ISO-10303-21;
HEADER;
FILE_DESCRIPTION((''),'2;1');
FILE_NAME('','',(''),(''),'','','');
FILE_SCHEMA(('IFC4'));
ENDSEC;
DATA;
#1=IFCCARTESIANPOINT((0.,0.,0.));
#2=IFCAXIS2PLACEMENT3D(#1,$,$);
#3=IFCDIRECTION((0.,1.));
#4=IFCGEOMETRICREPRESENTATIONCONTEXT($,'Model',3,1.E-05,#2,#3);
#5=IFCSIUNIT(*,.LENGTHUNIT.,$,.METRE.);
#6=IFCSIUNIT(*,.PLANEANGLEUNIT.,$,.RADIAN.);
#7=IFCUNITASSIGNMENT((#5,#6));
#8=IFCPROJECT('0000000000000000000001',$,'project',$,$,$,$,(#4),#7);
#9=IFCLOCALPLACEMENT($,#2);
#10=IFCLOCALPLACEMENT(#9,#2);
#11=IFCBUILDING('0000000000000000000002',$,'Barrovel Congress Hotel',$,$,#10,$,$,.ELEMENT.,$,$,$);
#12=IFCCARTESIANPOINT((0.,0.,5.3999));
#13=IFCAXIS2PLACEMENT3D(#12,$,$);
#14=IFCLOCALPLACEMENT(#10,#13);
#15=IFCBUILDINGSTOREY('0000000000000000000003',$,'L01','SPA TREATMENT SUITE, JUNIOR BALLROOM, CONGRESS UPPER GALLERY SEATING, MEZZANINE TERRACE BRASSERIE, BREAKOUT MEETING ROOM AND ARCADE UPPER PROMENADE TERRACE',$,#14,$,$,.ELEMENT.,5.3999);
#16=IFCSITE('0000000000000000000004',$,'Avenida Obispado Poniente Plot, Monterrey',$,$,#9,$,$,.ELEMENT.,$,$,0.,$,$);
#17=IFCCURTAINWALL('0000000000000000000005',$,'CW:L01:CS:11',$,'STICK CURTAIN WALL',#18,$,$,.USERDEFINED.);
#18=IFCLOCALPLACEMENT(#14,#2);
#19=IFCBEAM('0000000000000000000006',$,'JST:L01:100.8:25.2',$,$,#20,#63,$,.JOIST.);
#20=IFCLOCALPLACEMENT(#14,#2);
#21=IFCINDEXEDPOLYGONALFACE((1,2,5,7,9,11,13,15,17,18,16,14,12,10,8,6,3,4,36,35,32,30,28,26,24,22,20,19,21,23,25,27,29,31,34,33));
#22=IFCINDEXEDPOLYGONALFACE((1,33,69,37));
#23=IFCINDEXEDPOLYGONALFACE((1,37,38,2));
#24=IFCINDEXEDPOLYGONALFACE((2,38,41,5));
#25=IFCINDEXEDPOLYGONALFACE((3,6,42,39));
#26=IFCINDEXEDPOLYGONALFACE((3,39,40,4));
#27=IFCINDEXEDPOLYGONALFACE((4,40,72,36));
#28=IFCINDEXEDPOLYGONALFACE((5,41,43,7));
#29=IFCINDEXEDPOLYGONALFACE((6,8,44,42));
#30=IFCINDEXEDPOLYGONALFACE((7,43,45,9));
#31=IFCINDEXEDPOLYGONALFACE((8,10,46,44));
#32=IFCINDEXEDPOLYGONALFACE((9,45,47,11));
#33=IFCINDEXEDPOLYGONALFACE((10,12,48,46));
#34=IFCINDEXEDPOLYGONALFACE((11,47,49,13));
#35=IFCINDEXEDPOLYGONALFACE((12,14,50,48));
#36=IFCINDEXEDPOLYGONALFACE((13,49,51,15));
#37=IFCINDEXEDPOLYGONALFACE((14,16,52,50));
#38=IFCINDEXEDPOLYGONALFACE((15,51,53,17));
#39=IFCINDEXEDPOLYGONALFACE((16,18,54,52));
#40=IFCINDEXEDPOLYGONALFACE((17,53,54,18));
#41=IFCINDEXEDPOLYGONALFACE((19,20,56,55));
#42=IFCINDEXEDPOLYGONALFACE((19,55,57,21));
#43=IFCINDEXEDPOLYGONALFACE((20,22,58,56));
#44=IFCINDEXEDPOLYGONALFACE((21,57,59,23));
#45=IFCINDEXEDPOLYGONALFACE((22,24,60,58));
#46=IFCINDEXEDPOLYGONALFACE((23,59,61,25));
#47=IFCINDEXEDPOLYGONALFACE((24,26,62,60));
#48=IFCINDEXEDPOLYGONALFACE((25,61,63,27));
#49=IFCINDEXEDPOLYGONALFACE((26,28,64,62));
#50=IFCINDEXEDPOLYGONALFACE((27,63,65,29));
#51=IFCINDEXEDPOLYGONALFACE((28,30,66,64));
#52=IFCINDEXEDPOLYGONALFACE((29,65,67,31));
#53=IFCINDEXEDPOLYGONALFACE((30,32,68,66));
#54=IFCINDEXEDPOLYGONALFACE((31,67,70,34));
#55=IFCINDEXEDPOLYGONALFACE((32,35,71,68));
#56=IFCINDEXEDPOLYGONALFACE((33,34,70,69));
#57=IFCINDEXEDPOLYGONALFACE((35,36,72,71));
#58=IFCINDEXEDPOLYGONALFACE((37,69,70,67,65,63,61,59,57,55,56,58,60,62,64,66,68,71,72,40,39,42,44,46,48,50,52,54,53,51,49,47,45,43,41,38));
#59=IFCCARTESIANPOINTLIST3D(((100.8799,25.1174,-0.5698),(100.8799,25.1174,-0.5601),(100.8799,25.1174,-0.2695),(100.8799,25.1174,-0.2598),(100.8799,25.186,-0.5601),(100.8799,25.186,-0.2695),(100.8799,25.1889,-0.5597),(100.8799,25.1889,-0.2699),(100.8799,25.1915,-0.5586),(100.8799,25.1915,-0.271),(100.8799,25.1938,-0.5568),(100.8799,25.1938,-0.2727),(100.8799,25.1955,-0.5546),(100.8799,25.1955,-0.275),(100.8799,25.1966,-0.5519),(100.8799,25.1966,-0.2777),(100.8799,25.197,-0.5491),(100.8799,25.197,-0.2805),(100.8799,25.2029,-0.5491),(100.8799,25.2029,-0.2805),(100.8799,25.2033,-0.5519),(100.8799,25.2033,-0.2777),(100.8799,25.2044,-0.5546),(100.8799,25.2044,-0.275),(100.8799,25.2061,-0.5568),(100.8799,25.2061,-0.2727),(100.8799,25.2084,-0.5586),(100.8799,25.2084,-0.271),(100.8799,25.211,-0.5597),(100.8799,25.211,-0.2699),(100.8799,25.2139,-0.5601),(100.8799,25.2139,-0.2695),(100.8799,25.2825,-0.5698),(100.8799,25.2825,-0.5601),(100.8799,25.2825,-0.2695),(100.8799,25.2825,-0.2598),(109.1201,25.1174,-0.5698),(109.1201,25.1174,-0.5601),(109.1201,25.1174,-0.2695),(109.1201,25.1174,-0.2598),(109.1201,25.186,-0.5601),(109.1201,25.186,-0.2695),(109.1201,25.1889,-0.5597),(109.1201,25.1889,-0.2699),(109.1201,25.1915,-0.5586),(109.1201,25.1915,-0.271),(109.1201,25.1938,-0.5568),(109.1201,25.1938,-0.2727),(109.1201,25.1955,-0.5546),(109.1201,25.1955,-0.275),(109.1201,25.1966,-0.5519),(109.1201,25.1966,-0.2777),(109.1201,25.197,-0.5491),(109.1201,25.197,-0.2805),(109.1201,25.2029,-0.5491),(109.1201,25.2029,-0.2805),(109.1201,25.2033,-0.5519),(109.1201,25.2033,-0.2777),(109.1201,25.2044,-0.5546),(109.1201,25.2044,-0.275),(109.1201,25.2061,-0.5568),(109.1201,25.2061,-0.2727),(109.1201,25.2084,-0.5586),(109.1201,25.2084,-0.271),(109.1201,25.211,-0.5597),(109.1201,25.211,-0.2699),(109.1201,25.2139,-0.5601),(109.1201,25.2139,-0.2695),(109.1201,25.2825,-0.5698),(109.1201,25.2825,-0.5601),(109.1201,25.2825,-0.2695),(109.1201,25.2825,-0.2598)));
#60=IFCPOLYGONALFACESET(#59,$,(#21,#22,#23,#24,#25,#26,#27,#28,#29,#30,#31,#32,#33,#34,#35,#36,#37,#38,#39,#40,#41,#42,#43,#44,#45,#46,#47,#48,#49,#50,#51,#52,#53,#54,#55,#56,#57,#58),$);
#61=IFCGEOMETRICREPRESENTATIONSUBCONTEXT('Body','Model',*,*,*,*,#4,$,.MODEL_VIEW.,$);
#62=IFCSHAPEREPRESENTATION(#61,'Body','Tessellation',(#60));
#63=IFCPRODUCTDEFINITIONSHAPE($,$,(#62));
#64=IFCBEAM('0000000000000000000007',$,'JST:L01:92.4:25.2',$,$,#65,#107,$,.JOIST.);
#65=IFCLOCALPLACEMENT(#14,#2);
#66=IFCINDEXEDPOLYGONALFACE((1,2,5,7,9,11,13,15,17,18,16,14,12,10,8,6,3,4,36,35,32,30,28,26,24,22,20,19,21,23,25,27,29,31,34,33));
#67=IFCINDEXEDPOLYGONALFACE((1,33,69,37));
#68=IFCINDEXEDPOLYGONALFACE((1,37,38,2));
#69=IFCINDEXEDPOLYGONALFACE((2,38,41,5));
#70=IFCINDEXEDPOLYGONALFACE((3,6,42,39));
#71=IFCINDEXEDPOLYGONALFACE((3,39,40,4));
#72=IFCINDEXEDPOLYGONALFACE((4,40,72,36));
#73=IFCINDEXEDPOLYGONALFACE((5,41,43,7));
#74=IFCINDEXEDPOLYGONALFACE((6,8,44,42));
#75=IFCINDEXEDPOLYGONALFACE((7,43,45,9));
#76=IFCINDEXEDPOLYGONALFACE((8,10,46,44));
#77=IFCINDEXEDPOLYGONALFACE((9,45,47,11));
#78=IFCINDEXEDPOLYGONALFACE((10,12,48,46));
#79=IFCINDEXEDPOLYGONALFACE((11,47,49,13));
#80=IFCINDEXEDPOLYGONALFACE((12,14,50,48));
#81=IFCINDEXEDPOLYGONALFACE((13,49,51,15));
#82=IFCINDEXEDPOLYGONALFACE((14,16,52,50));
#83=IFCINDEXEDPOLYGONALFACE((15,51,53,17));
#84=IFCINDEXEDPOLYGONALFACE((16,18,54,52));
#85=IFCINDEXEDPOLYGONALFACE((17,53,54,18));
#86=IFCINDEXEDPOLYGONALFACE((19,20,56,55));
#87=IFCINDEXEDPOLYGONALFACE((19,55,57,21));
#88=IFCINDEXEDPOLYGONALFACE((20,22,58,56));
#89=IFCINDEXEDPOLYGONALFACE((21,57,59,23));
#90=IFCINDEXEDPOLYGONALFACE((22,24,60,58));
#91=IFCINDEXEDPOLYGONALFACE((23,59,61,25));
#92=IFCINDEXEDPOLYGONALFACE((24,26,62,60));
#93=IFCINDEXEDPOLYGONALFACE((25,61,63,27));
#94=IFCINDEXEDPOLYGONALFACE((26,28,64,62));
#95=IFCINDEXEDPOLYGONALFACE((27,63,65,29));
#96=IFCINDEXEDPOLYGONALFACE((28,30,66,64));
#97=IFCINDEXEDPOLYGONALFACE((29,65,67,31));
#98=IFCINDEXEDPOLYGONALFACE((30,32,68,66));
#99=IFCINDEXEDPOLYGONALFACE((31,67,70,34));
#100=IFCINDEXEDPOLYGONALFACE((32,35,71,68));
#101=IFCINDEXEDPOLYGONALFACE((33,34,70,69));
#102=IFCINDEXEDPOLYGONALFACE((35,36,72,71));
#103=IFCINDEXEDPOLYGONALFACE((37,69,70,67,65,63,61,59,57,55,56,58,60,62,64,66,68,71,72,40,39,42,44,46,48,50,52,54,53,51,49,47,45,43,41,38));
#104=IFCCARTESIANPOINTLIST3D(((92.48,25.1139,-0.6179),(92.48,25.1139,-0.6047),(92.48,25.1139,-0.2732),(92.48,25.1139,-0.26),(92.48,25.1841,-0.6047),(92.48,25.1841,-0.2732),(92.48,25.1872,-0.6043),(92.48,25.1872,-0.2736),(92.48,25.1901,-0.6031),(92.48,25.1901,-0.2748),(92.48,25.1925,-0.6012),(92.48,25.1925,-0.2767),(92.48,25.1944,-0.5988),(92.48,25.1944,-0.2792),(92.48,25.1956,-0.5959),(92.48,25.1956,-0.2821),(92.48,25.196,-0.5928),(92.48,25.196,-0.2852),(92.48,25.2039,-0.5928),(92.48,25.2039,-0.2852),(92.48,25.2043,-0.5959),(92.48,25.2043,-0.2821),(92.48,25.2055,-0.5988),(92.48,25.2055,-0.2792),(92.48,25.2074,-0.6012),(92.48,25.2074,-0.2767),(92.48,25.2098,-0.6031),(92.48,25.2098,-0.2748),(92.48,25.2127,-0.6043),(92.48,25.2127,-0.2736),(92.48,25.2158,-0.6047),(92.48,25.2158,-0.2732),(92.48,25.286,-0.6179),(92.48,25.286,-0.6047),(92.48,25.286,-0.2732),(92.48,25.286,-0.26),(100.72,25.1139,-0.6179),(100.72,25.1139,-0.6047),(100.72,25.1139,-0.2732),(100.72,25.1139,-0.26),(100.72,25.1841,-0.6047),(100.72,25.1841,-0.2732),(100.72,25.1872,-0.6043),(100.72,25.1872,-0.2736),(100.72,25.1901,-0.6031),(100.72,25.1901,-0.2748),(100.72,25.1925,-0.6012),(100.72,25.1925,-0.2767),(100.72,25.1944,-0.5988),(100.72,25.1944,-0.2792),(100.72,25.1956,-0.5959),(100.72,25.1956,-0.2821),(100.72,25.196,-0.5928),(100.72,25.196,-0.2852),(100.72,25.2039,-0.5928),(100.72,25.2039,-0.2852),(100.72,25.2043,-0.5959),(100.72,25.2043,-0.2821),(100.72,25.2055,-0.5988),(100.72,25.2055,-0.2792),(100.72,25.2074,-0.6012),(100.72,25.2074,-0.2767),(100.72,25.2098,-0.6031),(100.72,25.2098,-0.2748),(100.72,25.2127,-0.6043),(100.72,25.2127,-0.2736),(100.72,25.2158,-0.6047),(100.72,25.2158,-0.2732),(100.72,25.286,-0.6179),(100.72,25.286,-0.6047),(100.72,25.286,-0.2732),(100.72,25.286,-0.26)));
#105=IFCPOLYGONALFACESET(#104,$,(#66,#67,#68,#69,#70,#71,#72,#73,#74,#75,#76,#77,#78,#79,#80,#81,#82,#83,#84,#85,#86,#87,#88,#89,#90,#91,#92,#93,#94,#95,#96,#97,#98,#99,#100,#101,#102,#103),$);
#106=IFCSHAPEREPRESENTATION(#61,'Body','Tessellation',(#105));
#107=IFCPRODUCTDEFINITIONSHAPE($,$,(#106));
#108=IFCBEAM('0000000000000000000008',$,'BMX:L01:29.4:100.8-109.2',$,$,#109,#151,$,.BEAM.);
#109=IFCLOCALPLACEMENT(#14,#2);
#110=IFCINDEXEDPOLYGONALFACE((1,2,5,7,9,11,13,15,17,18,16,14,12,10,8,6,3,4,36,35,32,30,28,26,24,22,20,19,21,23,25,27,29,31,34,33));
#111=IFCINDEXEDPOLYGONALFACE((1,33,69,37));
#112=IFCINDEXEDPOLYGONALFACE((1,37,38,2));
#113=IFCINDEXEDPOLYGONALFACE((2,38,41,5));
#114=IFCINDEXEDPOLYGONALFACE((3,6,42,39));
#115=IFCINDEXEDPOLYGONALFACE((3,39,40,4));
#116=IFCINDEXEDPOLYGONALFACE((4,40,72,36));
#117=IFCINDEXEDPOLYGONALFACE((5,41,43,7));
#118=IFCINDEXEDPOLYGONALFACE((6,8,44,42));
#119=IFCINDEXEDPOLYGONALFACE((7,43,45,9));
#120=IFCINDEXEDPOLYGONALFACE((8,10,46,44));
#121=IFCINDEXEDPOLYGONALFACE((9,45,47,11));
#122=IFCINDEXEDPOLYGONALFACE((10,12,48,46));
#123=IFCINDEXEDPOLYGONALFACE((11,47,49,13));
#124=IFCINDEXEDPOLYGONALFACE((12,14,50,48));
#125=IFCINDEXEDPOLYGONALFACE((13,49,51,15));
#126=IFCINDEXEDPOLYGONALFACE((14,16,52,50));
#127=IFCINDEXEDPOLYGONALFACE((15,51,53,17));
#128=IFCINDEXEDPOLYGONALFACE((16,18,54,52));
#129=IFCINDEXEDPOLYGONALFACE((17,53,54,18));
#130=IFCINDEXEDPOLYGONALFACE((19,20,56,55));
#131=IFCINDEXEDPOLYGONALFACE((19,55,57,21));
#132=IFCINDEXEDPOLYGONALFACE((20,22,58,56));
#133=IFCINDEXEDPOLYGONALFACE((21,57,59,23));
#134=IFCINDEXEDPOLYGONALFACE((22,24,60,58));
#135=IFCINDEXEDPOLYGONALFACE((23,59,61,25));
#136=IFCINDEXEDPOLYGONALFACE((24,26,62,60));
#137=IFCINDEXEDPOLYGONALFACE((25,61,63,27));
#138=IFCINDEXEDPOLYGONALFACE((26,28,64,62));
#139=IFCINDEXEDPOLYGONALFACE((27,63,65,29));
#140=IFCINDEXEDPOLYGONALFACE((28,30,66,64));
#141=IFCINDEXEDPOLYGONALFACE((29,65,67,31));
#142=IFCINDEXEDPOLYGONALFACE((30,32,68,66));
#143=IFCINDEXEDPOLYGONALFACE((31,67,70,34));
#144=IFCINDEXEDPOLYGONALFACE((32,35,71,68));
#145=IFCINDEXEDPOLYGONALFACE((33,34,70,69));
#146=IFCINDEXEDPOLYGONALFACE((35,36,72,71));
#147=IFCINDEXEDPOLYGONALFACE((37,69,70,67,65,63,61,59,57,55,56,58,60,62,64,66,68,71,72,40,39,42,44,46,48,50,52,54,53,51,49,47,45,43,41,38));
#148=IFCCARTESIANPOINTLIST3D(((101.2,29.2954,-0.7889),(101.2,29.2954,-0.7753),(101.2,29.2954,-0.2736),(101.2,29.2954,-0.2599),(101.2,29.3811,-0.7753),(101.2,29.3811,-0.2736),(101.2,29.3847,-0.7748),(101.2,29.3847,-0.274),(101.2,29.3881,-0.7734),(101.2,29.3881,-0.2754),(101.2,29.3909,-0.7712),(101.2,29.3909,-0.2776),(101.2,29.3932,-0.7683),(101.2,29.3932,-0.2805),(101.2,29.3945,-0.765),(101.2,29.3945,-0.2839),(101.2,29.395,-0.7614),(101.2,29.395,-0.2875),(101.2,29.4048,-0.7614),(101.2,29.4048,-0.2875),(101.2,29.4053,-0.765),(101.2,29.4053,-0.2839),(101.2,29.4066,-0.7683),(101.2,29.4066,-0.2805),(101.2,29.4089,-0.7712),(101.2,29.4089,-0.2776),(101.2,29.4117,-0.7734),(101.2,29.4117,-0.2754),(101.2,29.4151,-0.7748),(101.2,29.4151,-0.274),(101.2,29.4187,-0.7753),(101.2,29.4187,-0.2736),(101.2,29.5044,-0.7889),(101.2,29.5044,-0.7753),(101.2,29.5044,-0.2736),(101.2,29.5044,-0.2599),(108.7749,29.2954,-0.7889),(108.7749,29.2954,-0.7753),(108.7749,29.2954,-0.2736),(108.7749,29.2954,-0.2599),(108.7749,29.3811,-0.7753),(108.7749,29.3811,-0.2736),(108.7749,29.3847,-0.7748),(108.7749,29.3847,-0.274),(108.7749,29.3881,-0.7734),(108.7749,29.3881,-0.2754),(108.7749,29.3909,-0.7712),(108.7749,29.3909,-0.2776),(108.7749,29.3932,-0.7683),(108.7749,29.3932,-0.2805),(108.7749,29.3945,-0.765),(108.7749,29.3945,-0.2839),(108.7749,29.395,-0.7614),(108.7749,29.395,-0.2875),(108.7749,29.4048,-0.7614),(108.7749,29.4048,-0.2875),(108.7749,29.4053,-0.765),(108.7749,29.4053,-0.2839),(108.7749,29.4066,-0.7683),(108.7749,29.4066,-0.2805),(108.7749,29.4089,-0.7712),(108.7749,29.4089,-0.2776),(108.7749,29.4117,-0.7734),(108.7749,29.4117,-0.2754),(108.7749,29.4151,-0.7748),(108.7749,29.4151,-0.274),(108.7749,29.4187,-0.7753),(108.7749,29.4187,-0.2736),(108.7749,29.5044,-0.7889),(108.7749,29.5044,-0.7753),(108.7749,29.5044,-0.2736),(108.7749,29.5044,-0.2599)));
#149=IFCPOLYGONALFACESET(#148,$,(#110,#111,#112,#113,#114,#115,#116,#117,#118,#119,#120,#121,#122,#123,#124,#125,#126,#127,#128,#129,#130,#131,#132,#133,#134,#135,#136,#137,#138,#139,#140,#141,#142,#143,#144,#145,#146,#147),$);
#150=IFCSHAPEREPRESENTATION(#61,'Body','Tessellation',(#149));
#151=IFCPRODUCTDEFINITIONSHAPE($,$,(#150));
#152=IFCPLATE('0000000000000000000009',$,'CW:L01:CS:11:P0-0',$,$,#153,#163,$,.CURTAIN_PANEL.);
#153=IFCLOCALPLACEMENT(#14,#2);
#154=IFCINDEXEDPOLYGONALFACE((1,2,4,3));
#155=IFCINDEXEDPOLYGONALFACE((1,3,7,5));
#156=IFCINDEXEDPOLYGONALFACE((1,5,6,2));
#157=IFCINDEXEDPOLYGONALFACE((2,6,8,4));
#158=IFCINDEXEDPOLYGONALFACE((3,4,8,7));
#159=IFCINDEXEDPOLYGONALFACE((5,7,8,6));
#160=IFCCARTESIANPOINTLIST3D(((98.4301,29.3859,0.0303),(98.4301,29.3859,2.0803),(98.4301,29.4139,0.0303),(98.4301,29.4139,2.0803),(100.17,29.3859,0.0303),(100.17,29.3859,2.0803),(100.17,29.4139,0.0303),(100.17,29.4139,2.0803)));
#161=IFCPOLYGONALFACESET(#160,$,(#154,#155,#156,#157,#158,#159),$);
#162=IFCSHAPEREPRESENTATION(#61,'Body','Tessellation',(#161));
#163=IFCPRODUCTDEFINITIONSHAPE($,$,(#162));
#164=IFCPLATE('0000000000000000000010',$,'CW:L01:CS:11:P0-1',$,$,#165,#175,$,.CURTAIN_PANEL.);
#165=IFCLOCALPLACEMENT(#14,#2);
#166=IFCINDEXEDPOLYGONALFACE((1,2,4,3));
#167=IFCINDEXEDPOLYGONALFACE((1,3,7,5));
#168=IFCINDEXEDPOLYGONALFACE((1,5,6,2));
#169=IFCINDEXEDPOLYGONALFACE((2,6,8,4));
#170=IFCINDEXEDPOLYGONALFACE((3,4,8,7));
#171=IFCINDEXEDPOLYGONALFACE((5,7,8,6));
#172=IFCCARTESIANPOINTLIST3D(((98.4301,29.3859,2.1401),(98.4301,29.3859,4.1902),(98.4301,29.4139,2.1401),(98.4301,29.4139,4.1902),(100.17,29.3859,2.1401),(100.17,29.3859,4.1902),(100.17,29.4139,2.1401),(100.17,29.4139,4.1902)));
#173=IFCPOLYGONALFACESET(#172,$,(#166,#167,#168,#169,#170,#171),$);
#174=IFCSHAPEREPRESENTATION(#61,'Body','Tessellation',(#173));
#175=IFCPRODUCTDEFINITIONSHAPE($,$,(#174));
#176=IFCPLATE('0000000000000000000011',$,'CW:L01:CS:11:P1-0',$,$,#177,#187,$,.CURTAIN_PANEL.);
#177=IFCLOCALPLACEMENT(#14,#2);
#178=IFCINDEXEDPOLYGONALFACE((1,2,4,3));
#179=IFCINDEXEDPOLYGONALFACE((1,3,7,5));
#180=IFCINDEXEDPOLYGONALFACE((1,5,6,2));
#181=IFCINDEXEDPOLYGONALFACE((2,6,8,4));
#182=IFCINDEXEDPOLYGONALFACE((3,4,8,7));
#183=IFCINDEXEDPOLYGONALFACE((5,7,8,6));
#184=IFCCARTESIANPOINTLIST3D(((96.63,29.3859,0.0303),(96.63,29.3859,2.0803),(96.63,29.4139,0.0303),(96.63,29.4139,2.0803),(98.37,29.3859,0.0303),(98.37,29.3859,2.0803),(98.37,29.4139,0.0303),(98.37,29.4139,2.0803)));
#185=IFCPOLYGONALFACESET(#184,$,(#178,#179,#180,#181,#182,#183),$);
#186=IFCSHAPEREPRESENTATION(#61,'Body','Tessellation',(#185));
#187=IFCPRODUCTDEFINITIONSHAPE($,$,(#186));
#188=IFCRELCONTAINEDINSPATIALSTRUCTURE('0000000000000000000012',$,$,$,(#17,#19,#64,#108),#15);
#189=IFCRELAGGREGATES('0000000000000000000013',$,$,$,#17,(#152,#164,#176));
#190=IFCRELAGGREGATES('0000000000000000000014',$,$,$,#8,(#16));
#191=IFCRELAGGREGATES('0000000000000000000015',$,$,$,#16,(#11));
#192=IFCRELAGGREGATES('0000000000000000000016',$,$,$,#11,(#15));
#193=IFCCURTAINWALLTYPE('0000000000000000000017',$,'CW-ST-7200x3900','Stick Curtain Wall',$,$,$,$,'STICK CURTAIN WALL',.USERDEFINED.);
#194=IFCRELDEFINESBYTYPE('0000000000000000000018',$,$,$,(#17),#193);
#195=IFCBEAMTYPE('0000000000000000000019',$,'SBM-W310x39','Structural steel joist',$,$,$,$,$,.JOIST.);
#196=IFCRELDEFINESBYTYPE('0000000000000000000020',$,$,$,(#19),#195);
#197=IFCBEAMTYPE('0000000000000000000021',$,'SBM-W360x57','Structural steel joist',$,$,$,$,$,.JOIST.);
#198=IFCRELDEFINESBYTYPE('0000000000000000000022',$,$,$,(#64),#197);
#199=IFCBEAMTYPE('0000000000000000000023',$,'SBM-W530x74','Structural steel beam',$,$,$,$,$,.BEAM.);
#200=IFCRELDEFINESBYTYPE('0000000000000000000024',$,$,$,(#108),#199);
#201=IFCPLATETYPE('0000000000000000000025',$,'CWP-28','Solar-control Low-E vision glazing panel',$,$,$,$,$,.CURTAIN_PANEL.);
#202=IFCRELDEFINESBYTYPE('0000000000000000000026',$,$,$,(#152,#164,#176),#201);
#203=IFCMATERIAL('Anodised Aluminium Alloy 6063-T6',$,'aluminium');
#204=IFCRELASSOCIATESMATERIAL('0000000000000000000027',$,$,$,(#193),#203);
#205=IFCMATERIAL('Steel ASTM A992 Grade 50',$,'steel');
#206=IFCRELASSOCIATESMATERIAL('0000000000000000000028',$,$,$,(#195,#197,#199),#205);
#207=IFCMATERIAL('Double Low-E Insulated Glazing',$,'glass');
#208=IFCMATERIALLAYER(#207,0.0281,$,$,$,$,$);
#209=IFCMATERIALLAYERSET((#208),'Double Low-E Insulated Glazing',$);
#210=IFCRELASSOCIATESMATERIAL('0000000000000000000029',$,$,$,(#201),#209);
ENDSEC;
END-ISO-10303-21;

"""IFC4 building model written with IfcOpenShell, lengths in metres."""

from ifc_helpers import new_model, si_unit, direction, frame, origin, origin_2d, place, context, subcontext, project, spatial, rectangle, i_section, extrude, material, layer, layer_set, material_profile, profile_set, type_object, element, aggregate, save


model = new_model("IFC4")

# Units and contexts
model_context = context("Model", 3, precision=1e-05, world=origin(), true_north=direction((0.0, 1.0)))
body_context = subcontext(model_context, "Body", "Model", "MODEL_VIEW")
ifc_project = project(units=[si_unit("LENGTHUNIT", "METRE"), si_unit("PLANEANGLEUNIT", "RADIAN")], contexts=[model_context])

# Site, building, storey
site_placement = place(None, origin())
site = spatial("IfcSite", under=ifc_project, at=site_placement, Name="Avenida Obispado Poniente Plot, Monterrey", CompositionType="ELEMENT", RefElevation=0.0)
building_placement = place(site_placement, origin())
building = spatial("IfcBuilding", under=site, at=building_placement, Name="Barrovel Congress Hotel", CompositionType="ELEMENT")
storey_placement = place(building_placement, frame((0.0, 0.0, 5.3999)))
storey = spatial("IfcBuildingStorey", under=building, at=storey_placement, Name="L01", Description="SPA TREATMENT SUITE, JUNIOR BALLROOM, CONGRESS UPPER GALLERY SEATING, MEZZANINE TERRACE BRASSERIE, BREAKOUT MEETING ROOM AND ARCADE UPPER PROMENADE TERRACE", CompositionType="ELEMENT", Elevation=5.3999)

# Curtain wall
ifc_material_1 = material(Name="Anodised Aluminium Alloy 6063-T6", Category="aluminium")
curtain_wall_type = type_object("IfcCurtainWallType", Name="CW-ST-7200x3900", Description="Stick Curtain Wall", ElementType="STICK CURTAIN WALL", PredefinedType="USERDEFINED", material=ifc_material_1)
curtain_wall_placement = place(storey_placement, origin())
curtain_wall = element("IfcCurtainWall", 1, at=curtain_wall_placement, inside=storey, type_object=curtain_wall_type, Name="CW:L01:CS:11", ObjectType="STICK CURTAIN WALL", PredefinedType="USERDEFINED")

# Beams
ifc_material_2 = material(Name="Steel ASTM A992 Grade 50", Category="steel")
ifc_material_profile_1 = material_profile(ifc_material_2, i_section(OverallWidth=0.165, OverallDepth=0.3101, WebThickness=0.0059, FlangeThickness=0.0098, FilletRadius=0.011, at=origin_2d()), Name="W310x39")
ifc_profile_set_1 = profile_set([ifc_material_profile_1], Name="Steel ASTM A992 Grade 50")
beam_type_1 = type_object("IfcBeamType", Name="SBM-W310x39", Description="Structural steel joist", PredefinedType="JOIST", material=ifc_profile_set_1)
beam_1_placement = place(storey_placement, frame((100.8799, 25.2, -0.4148), z_axis=(1.0, 0.0, 0.0), x_axis=(0.0, 1.0, 0.0)))
element("IfcBeam", 2, at=beam_1_placement, inside=storey, type_object=beam_type_1, Name="JST:L01:100.8:25.2", PredefinedType="JOIST", context=body_context, shape_type="SweptSolid", body=[
    extrude(i_section(OverallWidth=0.165, OverallDepth=0.3101, WebThickness=0.0059, FlangeThickness=0.0098, FilletRadius=0.011, at=origin_2d()), origin(), (0.0, 0.0, 1.0), 8.2402),
])
ifc_material_profile_2 = material_profile(ifc_material_2, i_section(OverallWidth=0.1721, OverallDepth=0.3579, WebThickness=0.0078, FlangeThickness=0.0132, FilletRadius=0.012, at=origin_2d()), Name="W360x57")
ifc_profile_set_2 = profile_set([ifc_material_profile_2], Name="Steel ASTM A992 Grade 50")
beam_type_2 = type_object("IfcBeamType", Name="SBM-W360x57", Description="Structural steel joist", PredefinedType="JOIST", material=ifc_profile_set_2)
beam_2_placement = place(storey_placement, frame((92.48, 25.2, -0.439), z_axis=(1.0, 0.0, 0.0), x_axis=(0.0, 1.0, 0.0)))
element("IfcBeam", 3, at=beam_2_placement, inside=storey, type_object=beam_type_2, Name="JST:L01:92.4:25.2", PredefinedType="JOIST", context=body_context, shape_type="SweptSolid", body=[
    extrude(i_section(OverallWidth=0.1721, OverallDepth=0.3579, WebThickness=0.0078, FlangeThickness=0.0132, FilletRadius=0.012, at=origin_2d()), origin(), (0.0, 0.0, 1.0), 8.24),
])
ifc_material_profile_3 = material_profile(ifc_material_2, i_section(OverallWidth=0.209, OverallDepth=0.5291, WebThickness=0.0098, FlangeThickness=0.0137, FilletRadius=0.0139, at=origin_2d()), Name="W530x74")
ifc_profile_set_3 = profile_set([ifc_material_profile_3], Name="Steel ASTM A992 Grade 50")
beam_type_3 = type_object("IfcBeamType", Name="SBM-W530x74", Description="Structural steel beam", PredefinedType="BEAM", material=ifc_profile_set_3)
beam_3_placement = place(storey_placement, frame((101.2, 29.3999, -0.5244), z_axis=(1.0, 0.0, 0.0), x_axis=(0.0, 1.0, 0.0)))
element("IfcBeam", 4, at=beam_3_placement, inside=storey, type_object=beam_type_3, Name="BMX:L01:29.4:100.8-109.2", PredefinedType="BEAM", context=body_context, shape_type="SweptSolid", body=[
    extrude(i_section(OverallWidth=0.209, OverallDepth=0.5291, WebThickness=0.0098, FlangeThickness=0.0137, FilletRadius=0.0139, at=origin_2d()), origin(), (0.0, 0.0, 1.0), 7.575),
])

# Plates
ifc_material_3 = material(Name="Double Low-E Insulated Glazing", Category="glass")
ifc_layer_1 = layer(ifc_material_3, 0.0281)
ifc_layer_set_1 = layer_set([ifc_layer_1], Name="Double Low-E Insulated Glazing")
plate_type = type_object("IfcPlateType", Name="CWP-28", Description="Solar-control Low-E vision glazing panel", PredefinedType="CURTAIN_PANEL", material=ifc_layer_set_1)
plate_1_placement = place(storey_placement, frame((99.3, 29.3999, 0.0303), z_axis=(0.0, 0.0, 1.0), x_axis=(-1.0, 0.0, 0.0)))
plate_1 = element("IfcPlate", 5, at=plate_1_placement, type_object=plate_type, Name="CW:L01:CS:11:P0-0", PredefinedType="CURTAIN_PANEL", context=body_context, shape_type="SweptSolid", body=[
    extrude(rectangle(XDim=1.74, YDim=0.0281, at=origin_2d()), origin(), (0.0, 0.0, 1.0), 2.05),
])
plate_2_placement = place(storey_placement, frame((99.3, 29.3999, 2.1401), z_axis=(0.0, 0.0, 1.0), x_axis=(-1.0, 0.0, 0.0)))
plate_2 = element("IfcPlate", 6, at=plate_2_placement, type_object=plate_type, Name="CW:L01:CS:11:P0-1", PredefinedType="CURTAIN_PANEL", context=body_context, shape_type="SweptSolid", body=[
    extrude(rectangle(XDim=1.74, YDim=0.0281, at=origin_2d()), origin(), (0.0, 0.0, 1.0), 2.05),
])
plate_3_placement = place(storey_placement, frame((97.5, 29.3999, 0.0303), z_axis=(0.0, 0.0, 1.0), x_axis=(-1.0, 0.0, 0.0)))
plate_3 = element("IfcPlate", 7, at=plate_3_placement, type_object=plate_type, Name="CW:L01:CS:11:P1-0", PredefinedType="CURTAIN_PANEL", context=body_context, shape_type="SweptSolid", body=[
    extrude(rectangle(XDim=1.74, YDim=0.0281, at=origin_2d()), origin(), (0.0, 0.0, 1.0), 2.05),
])
aggregate(curtain_wall, [plate_1, plate_2, plate_3])

save(model, "model.ifc")
